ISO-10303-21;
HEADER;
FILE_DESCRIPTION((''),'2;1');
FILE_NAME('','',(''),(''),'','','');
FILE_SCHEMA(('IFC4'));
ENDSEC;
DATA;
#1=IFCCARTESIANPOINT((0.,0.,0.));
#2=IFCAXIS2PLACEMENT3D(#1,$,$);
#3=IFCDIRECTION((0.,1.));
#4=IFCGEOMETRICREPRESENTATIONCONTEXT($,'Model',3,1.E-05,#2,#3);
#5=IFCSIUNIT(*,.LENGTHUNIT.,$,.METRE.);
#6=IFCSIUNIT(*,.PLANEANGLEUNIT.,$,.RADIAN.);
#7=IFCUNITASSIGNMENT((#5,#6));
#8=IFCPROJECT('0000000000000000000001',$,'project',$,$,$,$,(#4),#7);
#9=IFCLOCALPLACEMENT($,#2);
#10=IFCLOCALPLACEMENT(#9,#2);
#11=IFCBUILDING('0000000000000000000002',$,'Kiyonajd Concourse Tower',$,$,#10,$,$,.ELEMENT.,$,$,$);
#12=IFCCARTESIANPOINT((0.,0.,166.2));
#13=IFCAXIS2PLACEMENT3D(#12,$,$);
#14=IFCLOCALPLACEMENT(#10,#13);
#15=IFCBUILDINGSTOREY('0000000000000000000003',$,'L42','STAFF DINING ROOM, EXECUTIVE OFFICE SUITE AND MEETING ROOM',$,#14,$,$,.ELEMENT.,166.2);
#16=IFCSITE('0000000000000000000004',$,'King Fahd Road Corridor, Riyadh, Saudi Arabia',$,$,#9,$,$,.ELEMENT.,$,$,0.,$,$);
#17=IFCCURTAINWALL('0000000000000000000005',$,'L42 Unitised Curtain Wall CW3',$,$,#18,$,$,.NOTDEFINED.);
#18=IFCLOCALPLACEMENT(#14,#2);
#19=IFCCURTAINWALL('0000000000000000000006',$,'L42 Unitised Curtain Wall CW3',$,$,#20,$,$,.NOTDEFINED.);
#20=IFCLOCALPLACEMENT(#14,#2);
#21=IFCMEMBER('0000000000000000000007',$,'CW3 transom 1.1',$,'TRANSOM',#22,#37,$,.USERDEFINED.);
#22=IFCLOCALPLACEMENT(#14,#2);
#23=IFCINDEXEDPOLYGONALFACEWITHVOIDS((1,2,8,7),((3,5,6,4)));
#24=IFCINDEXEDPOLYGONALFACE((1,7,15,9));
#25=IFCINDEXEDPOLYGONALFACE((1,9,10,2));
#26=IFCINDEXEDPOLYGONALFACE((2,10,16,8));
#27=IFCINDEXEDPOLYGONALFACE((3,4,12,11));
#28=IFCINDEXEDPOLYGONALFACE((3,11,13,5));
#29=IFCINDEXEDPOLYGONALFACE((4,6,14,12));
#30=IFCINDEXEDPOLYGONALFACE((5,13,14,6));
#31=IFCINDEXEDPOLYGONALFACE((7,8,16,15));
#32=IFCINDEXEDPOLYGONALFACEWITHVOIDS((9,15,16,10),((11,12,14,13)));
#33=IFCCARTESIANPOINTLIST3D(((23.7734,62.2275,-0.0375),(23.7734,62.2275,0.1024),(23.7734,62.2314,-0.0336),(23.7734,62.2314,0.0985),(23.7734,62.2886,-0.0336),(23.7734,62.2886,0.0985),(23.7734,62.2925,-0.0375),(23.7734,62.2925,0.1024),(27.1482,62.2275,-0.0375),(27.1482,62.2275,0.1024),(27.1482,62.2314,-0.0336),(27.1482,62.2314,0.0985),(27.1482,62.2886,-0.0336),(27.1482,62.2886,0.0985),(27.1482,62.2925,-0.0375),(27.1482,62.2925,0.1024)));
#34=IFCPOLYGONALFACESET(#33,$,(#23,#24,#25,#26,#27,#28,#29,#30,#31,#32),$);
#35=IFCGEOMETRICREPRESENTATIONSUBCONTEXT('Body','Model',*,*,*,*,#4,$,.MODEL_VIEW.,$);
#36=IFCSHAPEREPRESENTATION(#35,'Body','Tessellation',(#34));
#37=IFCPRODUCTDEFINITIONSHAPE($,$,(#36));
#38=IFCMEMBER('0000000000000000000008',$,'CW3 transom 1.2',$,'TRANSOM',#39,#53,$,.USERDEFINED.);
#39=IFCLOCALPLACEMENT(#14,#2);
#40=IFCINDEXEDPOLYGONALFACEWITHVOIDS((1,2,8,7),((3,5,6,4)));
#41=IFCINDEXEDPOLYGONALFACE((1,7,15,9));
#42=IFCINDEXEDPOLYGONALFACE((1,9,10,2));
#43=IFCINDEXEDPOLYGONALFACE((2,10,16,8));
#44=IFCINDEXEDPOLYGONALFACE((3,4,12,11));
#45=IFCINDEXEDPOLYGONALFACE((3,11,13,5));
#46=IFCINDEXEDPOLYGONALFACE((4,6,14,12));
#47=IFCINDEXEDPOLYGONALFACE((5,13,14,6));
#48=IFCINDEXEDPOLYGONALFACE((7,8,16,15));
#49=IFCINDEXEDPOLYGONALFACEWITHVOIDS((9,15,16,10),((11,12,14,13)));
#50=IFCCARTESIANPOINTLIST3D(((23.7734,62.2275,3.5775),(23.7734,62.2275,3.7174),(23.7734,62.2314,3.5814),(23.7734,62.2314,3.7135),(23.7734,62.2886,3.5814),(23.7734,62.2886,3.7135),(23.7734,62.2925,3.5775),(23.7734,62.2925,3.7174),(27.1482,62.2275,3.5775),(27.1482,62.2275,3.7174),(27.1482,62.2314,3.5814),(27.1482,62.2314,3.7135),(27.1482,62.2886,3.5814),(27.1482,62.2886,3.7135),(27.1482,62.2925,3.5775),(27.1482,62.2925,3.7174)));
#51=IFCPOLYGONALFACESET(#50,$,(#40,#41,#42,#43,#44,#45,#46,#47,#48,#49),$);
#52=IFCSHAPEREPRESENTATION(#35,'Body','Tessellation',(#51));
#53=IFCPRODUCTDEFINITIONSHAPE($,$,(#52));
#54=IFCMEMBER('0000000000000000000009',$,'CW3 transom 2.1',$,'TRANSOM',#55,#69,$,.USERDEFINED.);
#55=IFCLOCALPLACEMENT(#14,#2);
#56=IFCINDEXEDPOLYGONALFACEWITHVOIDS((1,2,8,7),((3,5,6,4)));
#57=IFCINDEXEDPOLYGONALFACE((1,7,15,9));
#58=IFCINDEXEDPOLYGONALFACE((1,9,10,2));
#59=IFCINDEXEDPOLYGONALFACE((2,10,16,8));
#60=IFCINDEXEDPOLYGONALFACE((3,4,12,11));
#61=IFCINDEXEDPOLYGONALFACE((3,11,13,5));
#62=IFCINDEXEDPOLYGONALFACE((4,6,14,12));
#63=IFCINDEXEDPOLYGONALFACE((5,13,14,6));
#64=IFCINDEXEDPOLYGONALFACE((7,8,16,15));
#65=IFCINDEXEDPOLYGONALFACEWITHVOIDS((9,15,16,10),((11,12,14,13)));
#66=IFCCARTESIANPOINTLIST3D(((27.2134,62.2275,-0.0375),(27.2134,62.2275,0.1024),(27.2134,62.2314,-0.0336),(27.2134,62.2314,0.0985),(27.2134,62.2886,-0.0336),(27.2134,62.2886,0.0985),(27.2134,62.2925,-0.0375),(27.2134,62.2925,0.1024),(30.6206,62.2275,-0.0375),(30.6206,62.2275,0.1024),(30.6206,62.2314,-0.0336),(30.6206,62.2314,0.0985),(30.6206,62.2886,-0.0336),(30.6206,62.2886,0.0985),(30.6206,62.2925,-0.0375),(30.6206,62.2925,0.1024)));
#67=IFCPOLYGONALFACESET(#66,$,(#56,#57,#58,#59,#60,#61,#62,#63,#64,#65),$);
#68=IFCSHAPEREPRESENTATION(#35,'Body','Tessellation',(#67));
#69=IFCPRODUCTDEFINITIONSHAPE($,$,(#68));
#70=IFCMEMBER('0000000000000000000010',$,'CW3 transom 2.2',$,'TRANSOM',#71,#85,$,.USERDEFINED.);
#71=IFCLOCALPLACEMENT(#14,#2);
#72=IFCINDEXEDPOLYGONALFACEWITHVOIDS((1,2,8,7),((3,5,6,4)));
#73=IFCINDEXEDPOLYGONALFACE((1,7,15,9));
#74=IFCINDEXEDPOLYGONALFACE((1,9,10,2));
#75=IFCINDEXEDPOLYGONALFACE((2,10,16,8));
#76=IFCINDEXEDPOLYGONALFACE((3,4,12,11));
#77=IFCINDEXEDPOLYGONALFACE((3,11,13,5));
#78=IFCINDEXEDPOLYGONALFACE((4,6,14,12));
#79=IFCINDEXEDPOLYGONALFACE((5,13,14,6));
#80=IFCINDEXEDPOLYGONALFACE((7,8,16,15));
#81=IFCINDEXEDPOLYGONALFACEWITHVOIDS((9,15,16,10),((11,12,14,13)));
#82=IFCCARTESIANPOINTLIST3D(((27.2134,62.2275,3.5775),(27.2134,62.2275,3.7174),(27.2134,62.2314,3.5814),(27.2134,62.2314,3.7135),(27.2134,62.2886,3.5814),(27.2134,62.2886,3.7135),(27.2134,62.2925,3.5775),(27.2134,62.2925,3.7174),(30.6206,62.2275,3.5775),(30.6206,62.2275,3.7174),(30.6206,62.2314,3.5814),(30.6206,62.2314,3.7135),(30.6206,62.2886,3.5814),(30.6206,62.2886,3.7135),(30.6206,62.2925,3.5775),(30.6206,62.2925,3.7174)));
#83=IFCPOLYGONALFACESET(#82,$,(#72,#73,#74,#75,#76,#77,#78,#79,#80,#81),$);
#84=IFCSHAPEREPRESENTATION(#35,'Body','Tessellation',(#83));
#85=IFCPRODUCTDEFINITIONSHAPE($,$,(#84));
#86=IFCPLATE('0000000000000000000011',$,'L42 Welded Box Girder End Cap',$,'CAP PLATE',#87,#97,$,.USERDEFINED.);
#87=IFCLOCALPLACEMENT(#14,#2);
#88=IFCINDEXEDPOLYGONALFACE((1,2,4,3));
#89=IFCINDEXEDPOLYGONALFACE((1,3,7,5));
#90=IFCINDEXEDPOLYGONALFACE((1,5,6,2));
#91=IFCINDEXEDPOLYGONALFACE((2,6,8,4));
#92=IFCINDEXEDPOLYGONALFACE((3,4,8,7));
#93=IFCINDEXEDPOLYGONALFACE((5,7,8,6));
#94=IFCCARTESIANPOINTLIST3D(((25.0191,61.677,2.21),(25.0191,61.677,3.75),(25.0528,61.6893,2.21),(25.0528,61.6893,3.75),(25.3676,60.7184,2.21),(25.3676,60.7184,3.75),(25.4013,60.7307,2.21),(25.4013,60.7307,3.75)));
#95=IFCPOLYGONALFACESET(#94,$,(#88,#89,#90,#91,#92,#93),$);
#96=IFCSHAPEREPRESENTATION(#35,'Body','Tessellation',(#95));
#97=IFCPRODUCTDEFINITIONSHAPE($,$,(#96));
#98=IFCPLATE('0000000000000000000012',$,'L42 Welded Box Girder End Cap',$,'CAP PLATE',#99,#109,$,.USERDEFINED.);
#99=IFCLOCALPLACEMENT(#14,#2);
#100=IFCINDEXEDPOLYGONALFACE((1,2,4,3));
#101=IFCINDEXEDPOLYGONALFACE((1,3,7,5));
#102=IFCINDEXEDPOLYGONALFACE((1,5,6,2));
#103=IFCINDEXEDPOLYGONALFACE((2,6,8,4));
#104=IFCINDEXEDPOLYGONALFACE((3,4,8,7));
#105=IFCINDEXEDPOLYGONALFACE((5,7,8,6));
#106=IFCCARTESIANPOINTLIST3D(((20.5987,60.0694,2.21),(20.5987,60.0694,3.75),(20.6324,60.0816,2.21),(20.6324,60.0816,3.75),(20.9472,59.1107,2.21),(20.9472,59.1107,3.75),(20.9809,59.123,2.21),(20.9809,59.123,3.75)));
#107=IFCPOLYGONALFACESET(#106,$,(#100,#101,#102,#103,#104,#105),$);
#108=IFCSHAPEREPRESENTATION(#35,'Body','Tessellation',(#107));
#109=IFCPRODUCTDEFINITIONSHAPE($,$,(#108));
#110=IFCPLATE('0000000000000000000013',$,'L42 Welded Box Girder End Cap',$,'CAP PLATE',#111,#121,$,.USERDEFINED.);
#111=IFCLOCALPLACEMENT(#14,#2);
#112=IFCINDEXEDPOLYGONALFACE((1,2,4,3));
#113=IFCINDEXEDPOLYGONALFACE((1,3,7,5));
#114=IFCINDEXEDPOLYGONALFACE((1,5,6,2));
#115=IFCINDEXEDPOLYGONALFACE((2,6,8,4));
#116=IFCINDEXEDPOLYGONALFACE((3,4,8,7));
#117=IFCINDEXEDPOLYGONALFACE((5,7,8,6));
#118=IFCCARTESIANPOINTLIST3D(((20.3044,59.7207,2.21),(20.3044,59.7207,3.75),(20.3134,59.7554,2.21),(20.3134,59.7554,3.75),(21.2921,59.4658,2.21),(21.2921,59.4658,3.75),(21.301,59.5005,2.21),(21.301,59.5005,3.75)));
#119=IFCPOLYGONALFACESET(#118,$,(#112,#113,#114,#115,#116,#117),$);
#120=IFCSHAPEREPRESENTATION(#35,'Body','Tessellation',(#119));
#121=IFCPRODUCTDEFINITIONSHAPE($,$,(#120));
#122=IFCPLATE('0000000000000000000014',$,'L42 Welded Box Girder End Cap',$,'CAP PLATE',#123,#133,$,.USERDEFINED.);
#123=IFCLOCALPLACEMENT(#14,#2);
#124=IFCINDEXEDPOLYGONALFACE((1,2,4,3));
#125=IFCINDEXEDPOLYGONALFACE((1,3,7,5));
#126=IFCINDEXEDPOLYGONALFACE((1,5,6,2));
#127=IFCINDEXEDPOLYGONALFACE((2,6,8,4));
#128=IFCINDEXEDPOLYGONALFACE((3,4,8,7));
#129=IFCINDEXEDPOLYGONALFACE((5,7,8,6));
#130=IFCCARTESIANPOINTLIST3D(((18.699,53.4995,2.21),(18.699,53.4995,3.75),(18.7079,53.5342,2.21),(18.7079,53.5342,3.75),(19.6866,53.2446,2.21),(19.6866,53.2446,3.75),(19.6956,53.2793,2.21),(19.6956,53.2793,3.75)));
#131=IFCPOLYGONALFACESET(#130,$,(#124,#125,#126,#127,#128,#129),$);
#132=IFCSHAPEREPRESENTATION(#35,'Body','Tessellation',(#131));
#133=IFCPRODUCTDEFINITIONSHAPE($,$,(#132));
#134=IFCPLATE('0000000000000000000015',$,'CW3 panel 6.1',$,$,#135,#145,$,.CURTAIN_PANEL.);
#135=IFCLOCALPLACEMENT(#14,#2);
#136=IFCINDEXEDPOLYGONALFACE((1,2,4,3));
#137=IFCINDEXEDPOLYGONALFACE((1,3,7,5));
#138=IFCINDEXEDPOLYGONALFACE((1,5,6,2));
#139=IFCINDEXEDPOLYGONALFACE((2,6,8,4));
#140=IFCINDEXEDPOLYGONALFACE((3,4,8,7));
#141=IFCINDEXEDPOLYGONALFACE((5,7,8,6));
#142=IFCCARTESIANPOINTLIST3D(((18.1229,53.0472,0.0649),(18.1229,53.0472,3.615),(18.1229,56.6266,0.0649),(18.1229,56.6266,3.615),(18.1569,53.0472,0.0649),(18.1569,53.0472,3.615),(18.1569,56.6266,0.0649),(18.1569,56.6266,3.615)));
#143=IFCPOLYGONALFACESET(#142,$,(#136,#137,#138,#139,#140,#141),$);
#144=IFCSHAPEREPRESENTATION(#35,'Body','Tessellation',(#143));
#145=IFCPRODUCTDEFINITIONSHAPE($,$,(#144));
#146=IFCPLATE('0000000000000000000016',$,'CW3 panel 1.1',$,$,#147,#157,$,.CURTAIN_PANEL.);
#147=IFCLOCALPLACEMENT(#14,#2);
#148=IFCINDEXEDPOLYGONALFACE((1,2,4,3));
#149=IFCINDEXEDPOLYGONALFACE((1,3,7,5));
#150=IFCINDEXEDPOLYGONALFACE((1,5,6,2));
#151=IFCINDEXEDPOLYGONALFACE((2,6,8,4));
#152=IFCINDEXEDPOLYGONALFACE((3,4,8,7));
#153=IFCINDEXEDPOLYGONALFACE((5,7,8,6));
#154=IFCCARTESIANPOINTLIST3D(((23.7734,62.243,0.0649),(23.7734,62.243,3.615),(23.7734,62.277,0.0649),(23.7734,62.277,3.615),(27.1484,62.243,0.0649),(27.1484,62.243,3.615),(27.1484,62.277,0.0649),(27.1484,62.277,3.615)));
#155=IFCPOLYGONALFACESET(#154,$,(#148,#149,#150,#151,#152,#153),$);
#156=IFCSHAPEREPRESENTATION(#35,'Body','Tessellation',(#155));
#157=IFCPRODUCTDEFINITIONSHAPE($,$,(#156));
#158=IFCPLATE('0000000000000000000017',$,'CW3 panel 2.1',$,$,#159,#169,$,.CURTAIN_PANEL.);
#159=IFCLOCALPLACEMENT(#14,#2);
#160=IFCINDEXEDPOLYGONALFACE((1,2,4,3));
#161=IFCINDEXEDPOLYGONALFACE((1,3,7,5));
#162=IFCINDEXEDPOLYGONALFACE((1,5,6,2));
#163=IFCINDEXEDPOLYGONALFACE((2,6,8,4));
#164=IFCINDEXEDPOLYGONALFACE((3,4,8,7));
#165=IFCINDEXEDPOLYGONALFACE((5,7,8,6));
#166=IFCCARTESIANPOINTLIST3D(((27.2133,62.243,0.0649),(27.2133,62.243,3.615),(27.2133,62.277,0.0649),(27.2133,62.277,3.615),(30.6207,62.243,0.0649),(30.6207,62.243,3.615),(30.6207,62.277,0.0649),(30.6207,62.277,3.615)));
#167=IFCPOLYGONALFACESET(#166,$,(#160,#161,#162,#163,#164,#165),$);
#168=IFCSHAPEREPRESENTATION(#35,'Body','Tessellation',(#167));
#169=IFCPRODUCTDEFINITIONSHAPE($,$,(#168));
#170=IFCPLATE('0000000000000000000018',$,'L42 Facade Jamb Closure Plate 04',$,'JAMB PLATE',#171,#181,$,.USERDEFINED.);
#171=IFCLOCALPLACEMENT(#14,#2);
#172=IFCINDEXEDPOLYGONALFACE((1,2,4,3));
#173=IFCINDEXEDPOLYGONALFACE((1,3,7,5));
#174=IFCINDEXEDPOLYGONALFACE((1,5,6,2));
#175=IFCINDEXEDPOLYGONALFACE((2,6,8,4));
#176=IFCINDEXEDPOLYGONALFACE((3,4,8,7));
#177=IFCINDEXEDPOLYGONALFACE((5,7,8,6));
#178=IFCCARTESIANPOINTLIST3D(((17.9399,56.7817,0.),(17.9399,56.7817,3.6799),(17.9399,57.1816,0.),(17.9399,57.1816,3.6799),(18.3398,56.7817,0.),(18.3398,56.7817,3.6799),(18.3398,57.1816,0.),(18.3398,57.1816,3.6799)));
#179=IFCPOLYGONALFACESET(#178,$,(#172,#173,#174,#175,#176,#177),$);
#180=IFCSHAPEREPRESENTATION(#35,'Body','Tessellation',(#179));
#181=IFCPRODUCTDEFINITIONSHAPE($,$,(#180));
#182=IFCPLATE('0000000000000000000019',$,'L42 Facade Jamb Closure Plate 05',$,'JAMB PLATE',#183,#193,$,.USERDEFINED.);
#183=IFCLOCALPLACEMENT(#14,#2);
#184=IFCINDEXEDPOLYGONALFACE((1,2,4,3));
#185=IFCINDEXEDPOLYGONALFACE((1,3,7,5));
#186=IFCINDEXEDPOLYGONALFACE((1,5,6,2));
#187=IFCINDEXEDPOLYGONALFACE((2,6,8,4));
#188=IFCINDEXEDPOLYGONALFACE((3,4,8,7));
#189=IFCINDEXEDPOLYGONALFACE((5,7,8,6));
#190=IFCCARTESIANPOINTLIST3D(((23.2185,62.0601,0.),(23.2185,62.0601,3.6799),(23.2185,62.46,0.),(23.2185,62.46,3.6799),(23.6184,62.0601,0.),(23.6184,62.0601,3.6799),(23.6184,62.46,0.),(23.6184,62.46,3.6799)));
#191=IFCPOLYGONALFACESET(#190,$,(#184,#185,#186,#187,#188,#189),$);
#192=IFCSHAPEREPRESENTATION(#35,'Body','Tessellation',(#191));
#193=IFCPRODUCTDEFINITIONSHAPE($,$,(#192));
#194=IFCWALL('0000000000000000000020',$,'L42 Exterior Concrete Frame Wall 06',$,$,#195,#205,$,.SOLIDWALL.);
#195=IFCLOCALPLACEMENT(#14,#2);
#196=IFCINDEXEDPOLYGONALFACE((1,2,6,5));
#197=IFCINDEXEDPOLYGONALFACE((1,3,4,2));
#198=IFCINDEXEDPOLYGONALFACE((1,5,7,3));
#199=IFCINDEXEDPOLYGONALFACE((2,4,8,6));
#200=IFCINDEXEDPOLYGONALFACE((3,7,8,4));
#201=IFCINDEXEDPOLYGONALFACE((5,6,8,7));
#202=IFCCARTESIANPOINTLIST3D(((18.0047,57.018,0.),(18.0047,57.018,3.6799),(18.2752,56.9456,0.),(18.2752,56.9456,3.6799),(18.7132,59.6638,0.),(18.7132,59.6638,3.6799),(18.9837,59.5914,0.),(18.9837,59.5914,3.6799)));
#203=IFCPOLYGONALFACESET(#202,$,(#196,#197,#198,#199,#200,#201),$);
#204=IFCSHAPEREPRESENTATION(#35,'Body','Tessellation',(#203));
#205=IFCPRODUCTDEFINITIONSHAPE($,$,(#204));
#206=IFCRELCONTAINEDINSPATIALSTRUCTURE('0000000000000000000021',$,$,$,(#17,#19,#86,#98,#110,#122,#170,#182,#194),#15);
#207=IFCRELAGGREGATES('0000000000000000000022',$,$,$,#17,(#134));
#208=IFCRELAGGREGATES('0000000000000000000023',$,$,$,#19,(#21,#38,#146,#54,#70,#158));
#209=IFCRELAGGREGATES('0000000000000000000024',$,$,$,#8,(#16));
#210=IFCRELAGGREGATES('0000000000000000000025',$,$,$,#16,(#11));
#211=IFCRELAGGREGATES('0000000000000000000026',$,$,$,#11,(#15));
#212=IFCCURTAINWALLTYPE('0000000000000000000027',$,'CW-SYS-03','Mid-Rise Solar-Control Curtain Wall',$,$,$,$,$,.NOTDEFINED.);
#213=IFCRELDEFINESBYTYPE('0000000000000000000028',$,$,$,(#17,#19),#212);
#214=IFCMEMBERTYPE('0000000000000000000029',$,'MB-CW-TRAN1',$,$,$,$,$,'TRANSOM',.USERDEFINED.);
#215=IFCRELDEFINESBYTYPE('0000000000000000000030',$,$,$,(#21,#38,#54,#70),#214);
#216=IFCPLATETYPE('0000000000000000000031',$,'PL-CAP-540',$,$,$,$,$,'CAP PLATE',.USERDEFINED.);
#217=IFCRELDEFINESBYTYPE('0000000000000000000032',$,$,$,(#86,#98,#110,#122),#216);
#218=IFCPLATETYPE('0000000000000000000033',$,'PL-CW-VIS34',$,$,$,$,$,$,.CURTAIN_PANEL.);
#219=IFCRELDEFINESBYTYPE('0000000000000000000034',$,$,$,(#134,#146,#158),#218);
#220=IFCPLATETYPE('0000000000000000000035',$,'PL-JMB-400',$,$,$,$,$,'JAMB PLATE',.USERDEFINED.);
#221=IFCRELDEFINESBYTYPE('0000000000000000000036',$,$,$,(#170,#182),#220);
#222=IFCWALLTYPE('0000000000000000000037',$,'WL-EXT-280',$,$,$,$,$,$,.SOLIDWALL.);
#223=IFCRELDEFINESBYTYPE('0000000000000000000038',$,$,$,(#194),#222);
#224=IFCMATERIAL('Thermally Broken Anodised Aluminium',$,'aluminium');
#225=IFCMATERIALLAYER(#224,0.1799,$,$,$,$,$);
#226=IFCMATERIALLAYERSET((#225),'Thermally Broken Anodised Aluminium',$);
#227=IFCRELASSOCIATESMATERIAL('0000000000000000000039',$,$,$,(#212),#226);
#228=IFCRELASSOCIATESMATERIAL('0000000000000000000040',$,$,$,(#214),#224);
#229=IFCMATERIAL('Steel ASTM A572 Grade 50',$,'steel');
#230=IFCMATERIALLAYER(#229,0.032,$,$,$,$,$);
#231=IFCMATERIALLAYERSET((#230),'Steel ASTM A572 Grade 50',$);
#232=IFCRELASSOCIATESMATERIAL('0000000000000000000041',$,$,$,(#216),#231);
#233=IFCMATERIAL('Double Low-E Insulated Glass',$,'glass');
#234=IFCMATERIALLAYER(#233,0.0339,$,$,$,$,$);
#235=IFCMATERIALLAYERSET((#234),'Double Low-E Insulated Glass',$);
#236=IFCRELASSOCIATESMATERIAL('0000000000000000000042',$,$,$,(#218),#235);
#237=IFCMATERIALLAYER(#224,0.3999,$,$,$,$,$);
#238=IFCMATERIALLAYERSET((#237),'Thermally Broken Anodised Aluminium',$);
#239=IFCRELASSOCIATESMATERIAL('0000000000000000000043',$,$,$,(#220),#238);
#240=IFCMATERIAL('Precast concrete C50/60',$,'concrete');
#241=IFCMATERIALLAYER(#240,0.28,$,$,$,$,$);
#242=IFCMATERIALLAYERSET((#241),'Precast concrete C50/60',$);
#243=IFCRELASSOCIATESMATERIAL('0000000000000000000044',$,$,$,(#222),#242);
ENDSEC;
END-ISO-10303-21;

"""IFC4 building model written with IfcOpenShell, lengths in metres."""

from ifc_helpers import new_model, si_unit, direction, frame, frame_2d, origin, origin_2d, place, context, subcontext, project, spatial, rectangle, hollow_rectangle, extrude, material, layer, layer_set, material_profile, profile_set, type_object, element, aggregate, save


model = new_model("IFC4")

# Units and contexts
model_context = context("Model", 3, precision=1e-05, world=origin(), true_north=direction((0.0, 1.0)))
body_context = subcontext(model_context, "Body", "Model", "MODEL_VIEW")
ifc_project = project(units=[si_unit("LENGTHUNIT", "METRE"), si_unit("PLANEANGLEUNIT", "RADIAN")], contexts=[model_context])

# Site, building, storey
site_placement = place(None, origin())
site = spatial("IfcSite", under=ifc_project, at=site_placement, Name="King Fahd Road Corridor, Riyadh, Saudi Arabia", CompositionType="ELEMENT", RefElevation=0.0)
building_placement = place(site_placement, origin())
building = spatial("IfcBuilding", under=site, at=building_placement, Name="Kiyonajd Concourse Tower", CompositionType="ELEMENT")
storey_placement = place(building_placement, frame((0.0, 0.0, 166.2)))
storey = spatial("IfcBuildingStorey", under=building, at=storey_placement, Name="L42", Description="STAFF DINING ROOM, EXECUTIVE OFFICE SUITE AND MEETING ROOM", CompositionType="ELEMENT", Elevation=166.2)

# Shared definitions
ifc_material_1 = material(Name="Steel ASTM A572 Grade 50", Category="steel")

# Curtain wall
ifc_material_2 = material(Name="Thermally Broken Anodised Aluminium", Category="aluminium")
ifc_layer_1 = layer(ifc_material_2, 0.1799)
ifc_layer_set_1 = layer_set([ifc_layer_1], Name="Thermally Broken Anodised Aluminium")
curtain_wall_type = type_object("IfcCurtainWallType", Name="CW-SYS-03", Description="Mid-Rise Solar-Control Curtain Wall", PredefinedType="NOTDEFINED", material=ifc_layer_set_1)
curtain_wall_1_placement = place(storey_placement, origin())
curtain_wall_1 = element("IfcCurtainWall", 1, at=curtain_wall_1_placement, inside=storey, type_object=curtain_wall_type, Name="L42 Unitised Curtain Wall CW3", PredefinedType="NOTDEFINED")

# Curtain wall, members
curtain_wall_2_placement = place(storey_placement, origin())
curtain_wall_2 = element("IfcCurtainWall", 2, at=curtain_wall_2_placement, inside=storey, type_object=curtain_wall_type, Name="L42 Unitised Curtain Wall CW3", PredefinedType="NOTDEFINED")
ifc_material_profile_1 = material_profile(ifc_material_2, hollow_rectangle(XDim=0.0649, YDim=0.1399, WallThickness=0.0039, at=origin_2d()), Name="TRAN-65x140")
ifc_profile_set_1 = profile_set([ifc_material_profile_1], Name="Thermally Broken Anodised Aluminium")
member_type_1 = type_object("IfcMemberType", Name="MB-CW-TRAN1", ElementType="TRANSOM", PredefinedType="USERDEFINED", material=ifc_profile_set_1)
member_1_placement = place(storey_placement, frame((23.7734, 62.26, 0.0325), z_axis=(1.0, 0.0, 0.0), x_axis=(0.0, 1.0, 0.0)))
member_1 = element("IfcMember", 3, at=member_1_placement, type_object=member_type_1, Name="CW3 transom 1.1", ObjectType="TRANSOM", PredefinedType="USERDEFINED", context=body_context, shape_type="SweptSolid", body=[
    extrude(hollow_rectangle(XDim=0.0649, YDim=0.1399, WallThickness=0.0039, at=origin_2d()), origin(), (0.0, 0.0, 1.0), 3.3748),
])
member_2_placement = place(storey_placement, frame((23.7734, 62.26, 3.6475), z_axis=(1.0, 0.0, 0.0), x_axis=(0.0, 1.0, 0.0)))
member_2 = element("IfcMember", 4, at=member_2_placement, type_object=member_type_1, Name="CW3 transom 1.2", ObjectType="TRANSOM", PredefinedType="USERDEFINED", context=body_context, shape_type="SweptSolid", body=[
    extrude(hollow_rectangle(XDim=0.0649, YDim=0.1399, WallThickness=0.0039, at=origin_2d()), origin(), (0.0, 0.0, 1.0), 3.3748),
])
member_3_placement = place(storey_placement, frame((27.2134, 62.26, 0.0325), z_axis=(1.0, 0.0, 0.0), x_axis=(0.0, 1.0, 0.0)))
member_3 = element("IfcMember", 5, at=member_3_placement, type_object=member_type_1, Name="CW3 transom 2.1", ObjectType="TRANSOM", PredefinedType="USERDEFINED", context=body_context, shape_type="SweptSolid", body=[
    extrude(hollow_rectangle(XDim=0.0649, YDim=0.1399, WallThickness=0.0039, at=origin_2d()), origin(), (0.0, 0.0, 1.0), 3.4072),
])
member_4_placement = place(storey_placement, frame((27.2134, 62.26, 3.6475), z_axis=(1.0, 0.0, 0.0), x_axis=(0.0, 1.0, 0.0)))
member_4 = element("IfcMember", 6, at=member_4_placement, type_object=member_type_1, Name="CW3 transom 2.2", ObjectType="TRANSOM", PredefinedType="USERDEFINED", context=body_context, shape_type="SweptSolid", body=[
    extrude(hollow_rectangle(XDim=0.0649, YDim=0.1399, WallThickness=0.0039, at=origin_2d()), origin(), (0.0, 0.0, 1.0), 3.4072),
])

# Plates
ifc_layer_2 = layer(ifc_material_1, 0.032)
ifc_layer_set_2 = layer_set([ifc_layer_2], Name="Steel ASTM A572 Grade 50")
plate_type_1 = type_object("IfcPlateType", Name="PL-CAP-540", ElementType="CAP PLATE", PredefinedType="USERDEFINED", material=ifc_layer_set_2)
for number, where, z_axis, x_axis, name in (
    (7, (25.2102, 61.2039, 2.21), (0.0, 0.0, 1.0), (0.939812, 0.341692, 0.0), "L42 Welded Box Girder End Cap"),
    (8, (20.7898, 59.5962, 2.21), (0.0, 0.0, 1.0), (-0.939812, -0.341692, 0.0), "L42 Welded Box Girder End Cap"),
    (9, (20.8027, 59.6106, 2.21), (0.0, 0.0, 1.0), (0.249873, 0.968279, 0.0), "L42 Welded Box Girder End Cap"),
    (10, (19.1973, 53.3894, 2.21), (0.0, 0.0, 1.0), (-0.249873, -0.968279, 0.0), "L42 Welded Box Girder End Cap"),
):
    element("IfcPlate", number, at=place(storey_placement, frame(where, z_axis=z_axis, x_axis=x_axis)), inside=storey, type_object=plate_type_1, Name=name, ObjectType="CAP PLATE", PredefinedType="USERDEFINED", context=body_context, shape_type="SweptSolid", body=[
        extrude(rectangle(XDim=0.0359, YDim=1.02, at=origin_2d()), origin(), (0.0, 0.0, 1.0), 1.54),
    ])

# Plates
ifc_material_3 = material(Name="Double Low-E Insulated Glass", Category="glass")
ifc_layer_3 = layer(ifc_material_3, 0.0339)
ifc_layer_set_3 = layer_set([ifc_layer_3], Name="Double Low-E Insulated Glass")
plate_type_2 = type_object("IfcPlateType", Name="PL-CW-VIS34", PredefinedType="CURTAIN_PANEL", material=ifc_layer_set_3)
plate_1_placement = place(storey_placement, frame((18.1399, 54.8369, 0.0649), z_axis=(0.0, 0.0, 1.0), x_axis=(0.0, 1.0, 0.0)))
plate_1 = element("IfcPlate", 11, at=plate_1_placement, type_object=plate_type_2, Name="CW3 panel 6.1", PredefinedType="CURTAIN_PANEL", context=body_context, shape_type="SweptSolid", body=[
    extrude(rectangle(XDim=3.5793, YDim=0.0339, at=origin_2d()), origin(), (0.0, 0.0, 1.0), 3.55),
])
aggregate(curtain_wall_1, [plate_1])
plate_2_placement = place(storey_placement, frame((25.4609, 62.26, 0.0649), z_axis=(0.0, 0.0, 1.0), x_axis=(1.0, 0.0, 0.0)))
plate_2 = element("IfcPlate", 12, at=plate_2_placement, type_object=plate_type_2, Name="CW3 panel 1.1", PredefinedType="CURTAIN_PANEL", context=body_context, shape_type="SweptSolid", body=[
    extrude(rectangle(XDim=3.375, YDim=0.0339, at=origin_2d()), origin(), (0.0, 0.0, 1.0), 3.55),
])
plate_3_placement = place(storey_placement, frame((28.917, 62.26, 0.0649), z_axis=(0.0, 0.0, 1.0), x_axis=(1.0, 0.0, 0.0)))
plate_3 = element("IfcPlate", 13, at=plate_3_placement, type_object=plate_type_2, Name="CW3 panel 2.1", PredefinedType="CURTAIN_PANEL", context=body_context, shape_type="SweptSolid", body=[
    extrude(rectangle(XDim=3.4075, YDim=0.0339, at=origin_2d()), origin(), (0.0, 0.0, 1.0), 3.55),
])
aggregate(curtain_wall_2, [member_1, member_2, plate_2, member_3, member_4, plate_3])

# Plates
ifc_layer_4 = layer(ifc_material_2, 0.3999)
ifc_layer_set_4 = layer_set([ifc_layer_4], Name="Thermally Broken Anodised Aluminium")
plate_type_3 = type_object("IfcPlateType", Name="PL-JMB-400", ElementType="JAMB PLATE", PredefinedType="USERDEFINED", material=ifc_layer_set_4)
for number, where, z_axis, x_axis, name in (
    (14, (18.1399, 56.9817, 0.0), (0.0, 0.0, 1.0), (1.0, 0.0, 0.0), "L42 Facade Jamb Closure Plate 04"),
    (15, (23.4185, 62.26, 0.0), (0.0, 0.0, 1.0), (1.0, 0.0, 0.0), "L42 Facade Jamb Closure Plate 05"),
):
    element("IfcPlate", number, at=place(storey_placement, frame(where, z_axis=z_axis, x_axis=x_axis)), inside=storey, type_object=plate_type_3, Name=name, ObjectType="JAMB PLATE", PredefinedType="USERDEFINED", context=body_context, shape_type="SweptSolid", body=[
        extrude(rectangle(XDim=0.3999, YDim=0.3999, at=origin_2d()), origin(), (0.0, 0.0, 1.0), 3.6799),
    ])

# Wall
ifc_material_4 = material(Name="Precast concrete C50/60", Category="concrete")
ifc_layer_5 = layer(ifc_material_4, 0.28)
ifc_layer_set_5 = layer_set([ifc_layer_5], Name="Precast concrete C50/60")
wall_type = type_object("IfcWallType", Name="WL-EXT-280", PredefinedType="SOLIDWALL", material=ifc_layer_set_5)
wall_1_placement = place(storey_placement, frame((18.1399, 56.9817, 0.0), z_axis=(0.0, 0.0, 1.0), x_axis=(0.258672, 0.965965, 0.0)))
element("IfcWall", 16, at=wall_1_placement, inside=storey, type_object=wall_type, Name="L42 Exterior Concrete Frame Wall 06", PredefinedType="SOLIDWALL", context=body_context, shape_type="SweptSolid", body=[
    extrude(rectangle(XDim=2.739, YDim=0.28, at=frame_2d((1.3696, 0.0))), origin(), (0.0, 0.0, 1.0), 3.6799),
])

save(model, "model.ifc")
